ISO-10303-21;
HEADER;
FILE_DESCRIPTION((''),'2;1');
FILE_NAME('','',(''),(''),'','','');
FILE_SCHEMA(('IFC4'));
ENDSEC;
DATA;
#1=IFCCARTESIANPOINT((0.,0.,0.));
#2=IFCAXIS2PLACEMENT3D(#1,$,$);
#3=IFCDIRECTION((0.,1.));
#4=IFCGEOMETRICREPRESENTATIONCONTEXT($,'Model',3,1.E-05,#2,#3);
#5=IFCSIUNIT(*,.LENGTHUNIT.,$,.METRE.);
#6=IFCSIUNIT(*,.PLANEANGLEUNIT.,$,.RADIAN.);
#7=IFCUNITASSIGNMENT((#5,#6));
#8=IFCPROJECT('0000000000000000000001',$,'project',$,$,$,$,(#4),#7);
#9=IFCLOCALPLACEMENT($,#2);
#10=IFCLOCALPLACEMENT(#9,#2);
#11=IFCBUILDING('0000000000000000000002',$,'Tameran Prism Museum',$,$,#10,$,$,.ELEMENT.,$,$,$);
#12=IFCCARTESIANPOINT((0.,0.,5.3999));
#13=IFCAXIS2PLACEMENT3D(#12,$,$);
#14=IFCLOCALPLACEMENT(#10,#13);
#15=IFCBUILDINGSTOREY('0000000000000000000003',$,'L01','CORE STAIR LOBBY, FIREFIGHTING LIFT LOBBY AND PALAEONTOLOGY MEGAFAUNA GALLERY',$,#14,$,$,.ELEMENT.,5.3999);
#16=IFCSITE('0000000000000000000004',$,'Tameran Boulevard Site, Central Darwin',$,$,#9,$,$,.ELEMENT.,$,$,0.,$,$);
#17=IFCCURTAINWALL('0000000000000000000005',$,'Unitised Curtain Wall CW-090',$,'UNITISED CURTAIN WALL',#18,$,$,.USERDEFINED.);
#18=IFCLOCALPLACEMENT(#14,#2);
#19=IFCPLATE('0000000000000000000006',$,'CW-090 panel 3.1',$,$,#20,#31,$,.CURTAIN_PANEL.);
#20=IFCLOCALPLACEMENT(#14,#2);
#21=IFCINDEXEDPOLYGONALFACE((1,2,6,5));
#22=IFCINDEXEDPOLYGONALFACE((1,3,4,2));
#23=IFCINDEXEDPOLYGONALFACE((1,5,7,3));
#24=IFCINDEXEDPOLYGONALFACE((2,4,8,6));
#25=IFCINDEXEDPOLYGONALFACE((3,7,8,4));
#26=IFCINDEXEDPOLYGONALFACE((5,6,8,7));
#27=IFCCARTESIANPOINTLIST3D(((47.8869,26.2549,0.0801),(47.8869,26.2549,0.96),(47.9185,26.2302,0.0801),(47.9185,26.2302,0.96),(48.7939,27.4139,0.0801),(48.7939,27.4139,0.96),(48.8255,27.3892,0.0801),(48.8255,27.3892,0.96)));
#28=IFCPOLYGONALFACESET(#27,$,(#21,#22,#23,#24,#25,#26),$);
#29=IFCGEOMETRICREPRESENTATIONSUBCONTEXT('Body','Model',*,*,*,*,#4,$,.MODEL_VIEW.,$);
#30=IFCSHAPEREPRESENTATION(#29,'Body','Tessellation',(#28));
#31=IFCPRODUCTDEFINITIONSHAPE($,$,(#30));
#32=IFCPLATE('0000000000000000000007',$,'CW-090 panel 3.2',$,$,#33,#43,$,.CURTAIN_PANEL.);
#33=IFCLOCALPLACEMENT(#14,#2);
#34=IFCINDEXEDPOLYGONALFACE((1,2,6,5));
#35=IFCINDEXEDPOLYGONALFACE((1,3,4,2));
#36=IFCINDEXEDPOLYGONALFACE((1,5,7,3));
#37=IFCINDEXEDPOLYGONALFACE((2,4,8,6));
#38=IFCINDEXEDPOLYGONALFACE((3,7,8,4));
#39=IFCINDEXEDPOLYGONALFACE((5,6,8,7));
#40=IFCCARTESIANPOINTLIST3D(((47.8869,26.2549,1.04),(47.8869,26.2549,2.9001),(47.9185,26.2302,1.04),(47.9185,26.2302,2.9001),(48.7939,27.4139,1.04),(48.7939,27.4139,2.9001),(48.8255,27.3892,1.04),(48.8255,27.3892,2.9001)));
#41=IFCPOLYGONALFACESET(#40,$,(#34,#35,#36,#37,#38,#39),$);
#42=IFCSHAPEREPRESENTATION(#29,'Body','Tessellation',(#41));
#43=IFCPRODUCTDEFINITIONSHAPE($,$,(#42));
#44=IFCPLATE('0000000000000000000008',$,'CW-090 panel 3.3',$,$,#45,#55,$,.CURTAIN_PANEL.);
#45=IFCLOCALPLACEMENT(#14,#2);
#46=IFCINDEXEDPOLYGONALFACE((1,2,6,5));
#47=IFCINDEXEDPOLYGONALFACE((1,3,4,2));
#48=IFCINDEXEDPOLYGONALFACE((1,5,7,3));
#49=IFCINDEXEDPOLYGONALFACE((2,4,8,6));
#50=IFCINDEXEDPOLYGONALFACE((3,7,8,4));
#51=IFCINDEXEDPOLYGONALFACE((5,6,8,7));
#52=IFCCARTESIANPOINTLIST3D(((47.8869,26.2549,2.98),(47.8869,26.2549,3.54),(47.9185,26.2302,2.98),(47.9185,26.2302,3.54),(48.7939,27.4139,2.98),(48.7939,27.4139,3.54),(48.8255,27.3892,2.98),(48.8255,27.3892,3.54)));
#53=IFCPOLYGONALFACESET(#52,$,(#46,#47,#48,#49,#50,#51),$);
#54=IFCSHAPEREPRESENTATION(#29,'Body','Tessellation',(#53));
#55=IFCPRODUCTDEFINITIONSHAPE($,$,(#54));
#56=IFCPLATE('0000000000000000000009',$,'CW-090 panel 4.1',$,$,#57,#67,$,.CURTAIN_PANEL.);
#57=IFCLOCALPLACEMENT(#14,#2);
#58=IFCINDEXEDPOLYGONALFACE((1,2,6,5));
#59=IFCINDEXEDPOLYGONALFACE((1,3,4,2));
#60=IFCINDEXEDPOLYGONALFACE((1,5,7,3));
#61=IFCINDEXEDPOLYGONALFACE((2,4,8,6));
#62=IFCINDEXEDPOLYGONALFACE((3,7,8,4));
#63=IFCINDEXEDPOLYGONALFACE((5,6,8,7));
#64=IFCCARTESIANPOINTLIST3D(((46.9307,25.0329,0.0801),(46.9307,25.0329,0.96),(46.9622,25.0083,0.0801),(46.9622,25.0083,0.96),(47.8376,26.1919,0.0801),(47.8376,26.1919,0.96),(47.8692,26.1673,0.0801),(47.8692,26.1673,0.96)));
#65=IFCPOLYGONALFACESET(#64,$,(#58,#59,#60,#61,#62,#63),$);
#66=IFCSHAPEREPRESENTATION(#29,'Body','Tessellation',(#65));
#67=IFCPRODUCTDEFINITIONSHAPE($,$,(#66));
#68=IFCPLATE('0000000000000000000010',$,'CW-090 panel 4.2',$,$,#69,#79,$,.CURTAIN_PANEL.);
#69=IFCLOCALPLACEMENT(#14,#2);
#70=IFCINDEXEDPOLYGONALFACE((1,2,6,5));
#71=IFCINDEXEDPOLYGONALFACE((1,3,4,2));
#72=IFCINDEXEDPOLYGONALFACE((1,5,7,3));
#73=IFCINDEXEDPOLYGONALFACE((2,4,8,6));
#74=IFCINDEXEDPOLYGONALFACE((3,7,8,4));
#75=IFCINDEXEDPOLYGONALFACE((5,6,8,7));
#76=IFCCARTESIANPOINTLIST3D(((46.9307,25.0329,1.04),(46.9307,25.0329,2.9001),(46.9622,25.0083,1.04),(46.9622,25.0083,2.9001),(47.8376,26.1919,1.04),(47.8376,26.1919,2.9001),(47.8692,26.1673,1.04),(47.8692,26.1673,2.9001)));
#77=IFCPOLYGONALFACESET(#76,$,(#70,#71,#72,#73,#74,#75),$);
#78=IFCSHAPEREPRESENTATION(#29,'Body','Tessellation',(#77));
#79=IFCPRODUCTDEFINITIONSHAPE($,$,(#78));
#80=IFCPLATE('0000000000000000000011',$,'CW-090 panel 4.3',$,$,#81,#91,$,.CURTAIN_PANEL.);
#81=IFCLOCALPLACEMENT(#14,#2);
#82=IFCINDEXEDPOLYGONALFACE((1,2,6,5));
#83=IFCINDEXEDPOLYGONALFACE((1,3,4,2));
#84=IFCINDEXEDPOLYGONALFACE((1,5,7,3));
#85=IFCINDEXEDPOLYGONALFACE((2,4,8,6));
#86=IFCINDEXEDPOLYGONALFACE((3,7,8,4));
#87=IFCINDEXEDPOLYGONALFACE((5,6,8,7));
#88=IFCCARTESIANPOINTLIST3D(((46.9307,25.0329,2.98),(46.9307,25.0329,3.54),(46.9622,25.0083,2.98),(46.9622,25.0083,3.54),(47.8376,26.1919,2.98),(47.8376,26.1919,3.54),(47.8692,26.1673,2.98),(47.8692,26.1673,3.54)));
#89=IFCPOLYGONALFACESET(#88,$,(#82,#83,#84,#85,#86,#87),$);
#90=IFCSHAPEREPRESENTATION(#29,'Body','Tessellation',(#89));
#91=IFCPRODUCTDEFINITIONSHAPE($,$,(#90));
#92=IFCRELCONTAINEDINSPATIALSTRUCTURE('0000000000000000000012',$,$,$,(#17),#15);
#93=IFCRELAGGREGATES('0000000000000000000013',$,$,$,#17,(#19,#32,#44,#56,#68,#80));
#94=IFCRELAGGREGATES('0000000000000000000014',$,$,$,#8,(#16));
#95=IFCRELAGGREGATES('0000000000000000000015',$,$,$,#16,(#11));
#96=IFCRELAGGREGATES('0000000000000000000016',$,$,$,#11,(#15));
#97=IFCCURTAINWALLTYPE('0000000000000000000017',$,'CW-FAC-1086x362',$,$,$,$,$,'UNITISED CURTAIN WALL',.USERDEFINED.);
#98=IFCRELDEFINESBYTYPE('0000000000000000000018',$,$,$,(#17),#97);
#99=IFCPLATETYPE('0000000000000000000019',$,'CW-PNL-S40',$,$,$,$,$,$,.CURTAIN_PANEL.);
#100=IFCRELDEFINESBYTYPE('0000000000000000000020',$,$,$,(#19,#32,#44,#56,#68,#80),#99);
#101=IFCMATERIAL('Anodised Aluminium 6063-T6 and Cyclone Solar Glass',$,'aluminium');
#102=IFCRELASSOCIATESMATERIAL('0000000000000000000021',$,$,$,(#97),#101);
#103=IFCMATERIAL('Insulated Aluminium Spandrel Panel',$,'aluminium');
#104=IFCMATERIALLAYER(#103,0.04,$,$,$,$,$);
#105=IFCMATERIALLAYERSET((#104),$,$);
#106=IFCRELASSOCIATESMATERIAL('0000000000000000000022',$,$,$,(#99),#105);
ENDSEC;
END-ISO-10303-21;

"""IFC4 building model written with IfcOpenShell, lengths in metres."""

from ifc_helpers import new_model, si_unit, direction, frame, origin, origin_2d, place, context, subcontext, project, spatial, rectangle, extrude, material, layer, layer_set, type_object, element, aggregate, save


model = new_model("IFC4")

# Units and contexts
model_context = context("Model", 3, precision=1e-05, world=origin(), true_north=direction((0.0, 1.0)))
body_context = subcontext(model_context, "Body", "Model", "MODEL_VIEW")
ifc_project = project(units=[si_unit("LENGTHUNIT", "METRE"), si_unit("PLANEANGLEUNIT", "RADIAN")], contexts=[model_context])

# Site, building, storey
site_placement = place(None, origin())
site = spatial("IfcSite", under=ifc_project, at=site_placement, Name="Tameran Boulevard Site, Central Darwin", CompositionType="ELEMENT", RefElevation=0.0)
building_placement = place(site_placement, origin())
building = spatial("IfcBuilding", under=site, at=building_placement, Name="Tameran Prism Museum", CompositionType="ELEMENT")
storey_placement = place(building_placement, frame((0.0, 0.0, 5.3999)))
storey = spatial("IfcBuildingStorey", under=building, at=storey_placement, Name="L01", Description="CORE STAIR LOBBY, FIREFIGHTING LIFT LOBBY AND PALAEONTOLOGY MEGAFAUNA GALLERY", CompositionType="ELEMENT", Elevation=5.3999)

# Curtain wall
ifc_material_1 = material(Name="Anodised Aluminium 6063-T6 and Cyclone Solar Glass", Category="aluminium")
curtain_wall_type_1 = type_object("IfcCurtainWallType", Name="CW-FAC-1086x362", ElementType="UNITISED CURTAIN WALL", PredefinedType="USERDEFINED", material=ifc_material_1)
curtain_wall_1_placement = place(storey_placement, origin())
curtain_wall_1 = element("IfcCurtainWall", 1, at=curtain_wall_1_placement, inside=storey, type_object=curtain_wall_type_1, Name="Unitised Curtain Wall CW-090", ObjectType="UNITISED CURTAIN WALL", PredefinedType="USERDEFINED")

# Plates
ifc_material_2 = material(Name="Insulated Aluminium Spandrel Panel", Category="aluminium")
ifc_layer_1 = layer(ifc_material_2, 0.04)
ifc_layer_set_1 = layer_set([ifc_layer_1])
plate_type_1 = type_object("IfcPlateType", Name="CW-PNL-S40", PredefinedType="CURTAIN_PANEL", material=ifc_layer_set_1)
plate_1_placement = place(storey_placement, frame((48.3562, 26.822, 0.0801), z_axis=(0.0, 0.0, 1.0), x_axis=(-0.616283, -0.787524, 0.0)))
plate_1 = element("IfcPlate", 2, at=plate_1_placement, type_object=plate_type_1, Name="CW-090 panel 3.1", PredefinedType="CURTAIN_PANEL", context=body_context, shape_type="SweptSolid", body=[
    extrude(rectangle(XDim=1.4717, YDim=0.04, at=origin_2d()), origin(), (0.0, 0.0, 1.0), 0.8799),
])
plate_2_placement = place(storey_placement, frame((48.3562, 26.822, 1.04), z_axis=(0.0, 0.0, 1.0), x_axis=(-0.616283, -0.787524, 0.0)))
plate_2 = element("IfcPlate", 3, at=plate_2_placement, type_object=plate_type_1, Name="CW-090 panel 3.2", PredefinedType="CURTAIN_PANEL", context=body_context, shape_type="SweptSolid", body=[
    extrude(rectangle(XDim=1.4717, YDim=0.04, at=origin_2d()), origin(), (0.0, 0.0, 1.0), 1.8601),
])
plate_3_placement = place(storey_placement, frame((48.3562, 26.822, 2.98), z_axis=(0.0, 0.0, 1.0), x_axis=(-0.616283, -0.787524, 0.0)))
plate_3 = element("IfcPlate", 4, at=plate_3_placement, type_object=plate_type_1, Name="CW-090 panel 3.3", PredefinedType="CURTAIN_PANEL", context=body_context, shape_type="SweptSolid", body=[
    extrude(rectangle(XDim=1.4717, YDim=0.04, at=origin_2d()), origin(), (0.0, 0.0, 1.0), 0.5601),
])
plate_4_placement = place(storey_placement, frame((47.3999, 25.6001, 0.0801), z_axis=(0.0, 0.0, 1.0), x_axis=(-0.616283, -0.787524, 0.0)))
plate_4 = element("IfcPlate", 5, at=plate_4_placement, type_object=plate_type_1, Name="CW-090 panel 4.1", PredefinedType="CURTAIN_PANEL", context=body_context, shape_type="SweptSolid", body=[
    extrude(rectangle(XDim=1.4717, YDim=0.04, at=origin_2d()), origin(), (0.0, 0.0, 1.0), 0.8799),
])
plate_5_placement = place(storey_placement, frame((47.3999, 25.6001, 1.04), z_axis=(0.0, 0.0, 1.0), x_axis=(-0.616283, -0.787524, 0.0)))
plate_5 = element("IfcPlate", 6, at=plate_5_placement, type_object=plate_type_1, Name="CW-090 panel 4.2", PredefinedType="CURTAIN_PANEL", context=body_context, shape_type="SweptSolid", body=[
    extrude(rectangle(XDim=1.4717, YDim=0.04, at=origin_2d()), origin(), (0.0, 0.0, 1.0), 1.8601),
])
plate_6_placement = place(storey_placement, frame((47.3999, 25.6001, 2.98), z_axis=(0.0, 0.0, 1.0), x_axis=(-0.616283, -0.787524, 0.0)))
plate_6 = element("IfcPlate", 7, at=plate_6_placement, type_object=plate_type_1, Name="CW-090 panel 4.3", PredefinedType="CURTAIN_PANEL", context=body_context, shape_type="SweptSolid", body=[
    extrude(rectangle(XDim=1.4717, YDim=0.04, at=origin_2d()), origin(), (0.0, 0.0, 1.0), 0.5601),
])
aggregate(curtain_wall_1, [plate_1, plate_2, plate_3, plate_4, plate_5, plate_6])

save(model, "model.ifc")
